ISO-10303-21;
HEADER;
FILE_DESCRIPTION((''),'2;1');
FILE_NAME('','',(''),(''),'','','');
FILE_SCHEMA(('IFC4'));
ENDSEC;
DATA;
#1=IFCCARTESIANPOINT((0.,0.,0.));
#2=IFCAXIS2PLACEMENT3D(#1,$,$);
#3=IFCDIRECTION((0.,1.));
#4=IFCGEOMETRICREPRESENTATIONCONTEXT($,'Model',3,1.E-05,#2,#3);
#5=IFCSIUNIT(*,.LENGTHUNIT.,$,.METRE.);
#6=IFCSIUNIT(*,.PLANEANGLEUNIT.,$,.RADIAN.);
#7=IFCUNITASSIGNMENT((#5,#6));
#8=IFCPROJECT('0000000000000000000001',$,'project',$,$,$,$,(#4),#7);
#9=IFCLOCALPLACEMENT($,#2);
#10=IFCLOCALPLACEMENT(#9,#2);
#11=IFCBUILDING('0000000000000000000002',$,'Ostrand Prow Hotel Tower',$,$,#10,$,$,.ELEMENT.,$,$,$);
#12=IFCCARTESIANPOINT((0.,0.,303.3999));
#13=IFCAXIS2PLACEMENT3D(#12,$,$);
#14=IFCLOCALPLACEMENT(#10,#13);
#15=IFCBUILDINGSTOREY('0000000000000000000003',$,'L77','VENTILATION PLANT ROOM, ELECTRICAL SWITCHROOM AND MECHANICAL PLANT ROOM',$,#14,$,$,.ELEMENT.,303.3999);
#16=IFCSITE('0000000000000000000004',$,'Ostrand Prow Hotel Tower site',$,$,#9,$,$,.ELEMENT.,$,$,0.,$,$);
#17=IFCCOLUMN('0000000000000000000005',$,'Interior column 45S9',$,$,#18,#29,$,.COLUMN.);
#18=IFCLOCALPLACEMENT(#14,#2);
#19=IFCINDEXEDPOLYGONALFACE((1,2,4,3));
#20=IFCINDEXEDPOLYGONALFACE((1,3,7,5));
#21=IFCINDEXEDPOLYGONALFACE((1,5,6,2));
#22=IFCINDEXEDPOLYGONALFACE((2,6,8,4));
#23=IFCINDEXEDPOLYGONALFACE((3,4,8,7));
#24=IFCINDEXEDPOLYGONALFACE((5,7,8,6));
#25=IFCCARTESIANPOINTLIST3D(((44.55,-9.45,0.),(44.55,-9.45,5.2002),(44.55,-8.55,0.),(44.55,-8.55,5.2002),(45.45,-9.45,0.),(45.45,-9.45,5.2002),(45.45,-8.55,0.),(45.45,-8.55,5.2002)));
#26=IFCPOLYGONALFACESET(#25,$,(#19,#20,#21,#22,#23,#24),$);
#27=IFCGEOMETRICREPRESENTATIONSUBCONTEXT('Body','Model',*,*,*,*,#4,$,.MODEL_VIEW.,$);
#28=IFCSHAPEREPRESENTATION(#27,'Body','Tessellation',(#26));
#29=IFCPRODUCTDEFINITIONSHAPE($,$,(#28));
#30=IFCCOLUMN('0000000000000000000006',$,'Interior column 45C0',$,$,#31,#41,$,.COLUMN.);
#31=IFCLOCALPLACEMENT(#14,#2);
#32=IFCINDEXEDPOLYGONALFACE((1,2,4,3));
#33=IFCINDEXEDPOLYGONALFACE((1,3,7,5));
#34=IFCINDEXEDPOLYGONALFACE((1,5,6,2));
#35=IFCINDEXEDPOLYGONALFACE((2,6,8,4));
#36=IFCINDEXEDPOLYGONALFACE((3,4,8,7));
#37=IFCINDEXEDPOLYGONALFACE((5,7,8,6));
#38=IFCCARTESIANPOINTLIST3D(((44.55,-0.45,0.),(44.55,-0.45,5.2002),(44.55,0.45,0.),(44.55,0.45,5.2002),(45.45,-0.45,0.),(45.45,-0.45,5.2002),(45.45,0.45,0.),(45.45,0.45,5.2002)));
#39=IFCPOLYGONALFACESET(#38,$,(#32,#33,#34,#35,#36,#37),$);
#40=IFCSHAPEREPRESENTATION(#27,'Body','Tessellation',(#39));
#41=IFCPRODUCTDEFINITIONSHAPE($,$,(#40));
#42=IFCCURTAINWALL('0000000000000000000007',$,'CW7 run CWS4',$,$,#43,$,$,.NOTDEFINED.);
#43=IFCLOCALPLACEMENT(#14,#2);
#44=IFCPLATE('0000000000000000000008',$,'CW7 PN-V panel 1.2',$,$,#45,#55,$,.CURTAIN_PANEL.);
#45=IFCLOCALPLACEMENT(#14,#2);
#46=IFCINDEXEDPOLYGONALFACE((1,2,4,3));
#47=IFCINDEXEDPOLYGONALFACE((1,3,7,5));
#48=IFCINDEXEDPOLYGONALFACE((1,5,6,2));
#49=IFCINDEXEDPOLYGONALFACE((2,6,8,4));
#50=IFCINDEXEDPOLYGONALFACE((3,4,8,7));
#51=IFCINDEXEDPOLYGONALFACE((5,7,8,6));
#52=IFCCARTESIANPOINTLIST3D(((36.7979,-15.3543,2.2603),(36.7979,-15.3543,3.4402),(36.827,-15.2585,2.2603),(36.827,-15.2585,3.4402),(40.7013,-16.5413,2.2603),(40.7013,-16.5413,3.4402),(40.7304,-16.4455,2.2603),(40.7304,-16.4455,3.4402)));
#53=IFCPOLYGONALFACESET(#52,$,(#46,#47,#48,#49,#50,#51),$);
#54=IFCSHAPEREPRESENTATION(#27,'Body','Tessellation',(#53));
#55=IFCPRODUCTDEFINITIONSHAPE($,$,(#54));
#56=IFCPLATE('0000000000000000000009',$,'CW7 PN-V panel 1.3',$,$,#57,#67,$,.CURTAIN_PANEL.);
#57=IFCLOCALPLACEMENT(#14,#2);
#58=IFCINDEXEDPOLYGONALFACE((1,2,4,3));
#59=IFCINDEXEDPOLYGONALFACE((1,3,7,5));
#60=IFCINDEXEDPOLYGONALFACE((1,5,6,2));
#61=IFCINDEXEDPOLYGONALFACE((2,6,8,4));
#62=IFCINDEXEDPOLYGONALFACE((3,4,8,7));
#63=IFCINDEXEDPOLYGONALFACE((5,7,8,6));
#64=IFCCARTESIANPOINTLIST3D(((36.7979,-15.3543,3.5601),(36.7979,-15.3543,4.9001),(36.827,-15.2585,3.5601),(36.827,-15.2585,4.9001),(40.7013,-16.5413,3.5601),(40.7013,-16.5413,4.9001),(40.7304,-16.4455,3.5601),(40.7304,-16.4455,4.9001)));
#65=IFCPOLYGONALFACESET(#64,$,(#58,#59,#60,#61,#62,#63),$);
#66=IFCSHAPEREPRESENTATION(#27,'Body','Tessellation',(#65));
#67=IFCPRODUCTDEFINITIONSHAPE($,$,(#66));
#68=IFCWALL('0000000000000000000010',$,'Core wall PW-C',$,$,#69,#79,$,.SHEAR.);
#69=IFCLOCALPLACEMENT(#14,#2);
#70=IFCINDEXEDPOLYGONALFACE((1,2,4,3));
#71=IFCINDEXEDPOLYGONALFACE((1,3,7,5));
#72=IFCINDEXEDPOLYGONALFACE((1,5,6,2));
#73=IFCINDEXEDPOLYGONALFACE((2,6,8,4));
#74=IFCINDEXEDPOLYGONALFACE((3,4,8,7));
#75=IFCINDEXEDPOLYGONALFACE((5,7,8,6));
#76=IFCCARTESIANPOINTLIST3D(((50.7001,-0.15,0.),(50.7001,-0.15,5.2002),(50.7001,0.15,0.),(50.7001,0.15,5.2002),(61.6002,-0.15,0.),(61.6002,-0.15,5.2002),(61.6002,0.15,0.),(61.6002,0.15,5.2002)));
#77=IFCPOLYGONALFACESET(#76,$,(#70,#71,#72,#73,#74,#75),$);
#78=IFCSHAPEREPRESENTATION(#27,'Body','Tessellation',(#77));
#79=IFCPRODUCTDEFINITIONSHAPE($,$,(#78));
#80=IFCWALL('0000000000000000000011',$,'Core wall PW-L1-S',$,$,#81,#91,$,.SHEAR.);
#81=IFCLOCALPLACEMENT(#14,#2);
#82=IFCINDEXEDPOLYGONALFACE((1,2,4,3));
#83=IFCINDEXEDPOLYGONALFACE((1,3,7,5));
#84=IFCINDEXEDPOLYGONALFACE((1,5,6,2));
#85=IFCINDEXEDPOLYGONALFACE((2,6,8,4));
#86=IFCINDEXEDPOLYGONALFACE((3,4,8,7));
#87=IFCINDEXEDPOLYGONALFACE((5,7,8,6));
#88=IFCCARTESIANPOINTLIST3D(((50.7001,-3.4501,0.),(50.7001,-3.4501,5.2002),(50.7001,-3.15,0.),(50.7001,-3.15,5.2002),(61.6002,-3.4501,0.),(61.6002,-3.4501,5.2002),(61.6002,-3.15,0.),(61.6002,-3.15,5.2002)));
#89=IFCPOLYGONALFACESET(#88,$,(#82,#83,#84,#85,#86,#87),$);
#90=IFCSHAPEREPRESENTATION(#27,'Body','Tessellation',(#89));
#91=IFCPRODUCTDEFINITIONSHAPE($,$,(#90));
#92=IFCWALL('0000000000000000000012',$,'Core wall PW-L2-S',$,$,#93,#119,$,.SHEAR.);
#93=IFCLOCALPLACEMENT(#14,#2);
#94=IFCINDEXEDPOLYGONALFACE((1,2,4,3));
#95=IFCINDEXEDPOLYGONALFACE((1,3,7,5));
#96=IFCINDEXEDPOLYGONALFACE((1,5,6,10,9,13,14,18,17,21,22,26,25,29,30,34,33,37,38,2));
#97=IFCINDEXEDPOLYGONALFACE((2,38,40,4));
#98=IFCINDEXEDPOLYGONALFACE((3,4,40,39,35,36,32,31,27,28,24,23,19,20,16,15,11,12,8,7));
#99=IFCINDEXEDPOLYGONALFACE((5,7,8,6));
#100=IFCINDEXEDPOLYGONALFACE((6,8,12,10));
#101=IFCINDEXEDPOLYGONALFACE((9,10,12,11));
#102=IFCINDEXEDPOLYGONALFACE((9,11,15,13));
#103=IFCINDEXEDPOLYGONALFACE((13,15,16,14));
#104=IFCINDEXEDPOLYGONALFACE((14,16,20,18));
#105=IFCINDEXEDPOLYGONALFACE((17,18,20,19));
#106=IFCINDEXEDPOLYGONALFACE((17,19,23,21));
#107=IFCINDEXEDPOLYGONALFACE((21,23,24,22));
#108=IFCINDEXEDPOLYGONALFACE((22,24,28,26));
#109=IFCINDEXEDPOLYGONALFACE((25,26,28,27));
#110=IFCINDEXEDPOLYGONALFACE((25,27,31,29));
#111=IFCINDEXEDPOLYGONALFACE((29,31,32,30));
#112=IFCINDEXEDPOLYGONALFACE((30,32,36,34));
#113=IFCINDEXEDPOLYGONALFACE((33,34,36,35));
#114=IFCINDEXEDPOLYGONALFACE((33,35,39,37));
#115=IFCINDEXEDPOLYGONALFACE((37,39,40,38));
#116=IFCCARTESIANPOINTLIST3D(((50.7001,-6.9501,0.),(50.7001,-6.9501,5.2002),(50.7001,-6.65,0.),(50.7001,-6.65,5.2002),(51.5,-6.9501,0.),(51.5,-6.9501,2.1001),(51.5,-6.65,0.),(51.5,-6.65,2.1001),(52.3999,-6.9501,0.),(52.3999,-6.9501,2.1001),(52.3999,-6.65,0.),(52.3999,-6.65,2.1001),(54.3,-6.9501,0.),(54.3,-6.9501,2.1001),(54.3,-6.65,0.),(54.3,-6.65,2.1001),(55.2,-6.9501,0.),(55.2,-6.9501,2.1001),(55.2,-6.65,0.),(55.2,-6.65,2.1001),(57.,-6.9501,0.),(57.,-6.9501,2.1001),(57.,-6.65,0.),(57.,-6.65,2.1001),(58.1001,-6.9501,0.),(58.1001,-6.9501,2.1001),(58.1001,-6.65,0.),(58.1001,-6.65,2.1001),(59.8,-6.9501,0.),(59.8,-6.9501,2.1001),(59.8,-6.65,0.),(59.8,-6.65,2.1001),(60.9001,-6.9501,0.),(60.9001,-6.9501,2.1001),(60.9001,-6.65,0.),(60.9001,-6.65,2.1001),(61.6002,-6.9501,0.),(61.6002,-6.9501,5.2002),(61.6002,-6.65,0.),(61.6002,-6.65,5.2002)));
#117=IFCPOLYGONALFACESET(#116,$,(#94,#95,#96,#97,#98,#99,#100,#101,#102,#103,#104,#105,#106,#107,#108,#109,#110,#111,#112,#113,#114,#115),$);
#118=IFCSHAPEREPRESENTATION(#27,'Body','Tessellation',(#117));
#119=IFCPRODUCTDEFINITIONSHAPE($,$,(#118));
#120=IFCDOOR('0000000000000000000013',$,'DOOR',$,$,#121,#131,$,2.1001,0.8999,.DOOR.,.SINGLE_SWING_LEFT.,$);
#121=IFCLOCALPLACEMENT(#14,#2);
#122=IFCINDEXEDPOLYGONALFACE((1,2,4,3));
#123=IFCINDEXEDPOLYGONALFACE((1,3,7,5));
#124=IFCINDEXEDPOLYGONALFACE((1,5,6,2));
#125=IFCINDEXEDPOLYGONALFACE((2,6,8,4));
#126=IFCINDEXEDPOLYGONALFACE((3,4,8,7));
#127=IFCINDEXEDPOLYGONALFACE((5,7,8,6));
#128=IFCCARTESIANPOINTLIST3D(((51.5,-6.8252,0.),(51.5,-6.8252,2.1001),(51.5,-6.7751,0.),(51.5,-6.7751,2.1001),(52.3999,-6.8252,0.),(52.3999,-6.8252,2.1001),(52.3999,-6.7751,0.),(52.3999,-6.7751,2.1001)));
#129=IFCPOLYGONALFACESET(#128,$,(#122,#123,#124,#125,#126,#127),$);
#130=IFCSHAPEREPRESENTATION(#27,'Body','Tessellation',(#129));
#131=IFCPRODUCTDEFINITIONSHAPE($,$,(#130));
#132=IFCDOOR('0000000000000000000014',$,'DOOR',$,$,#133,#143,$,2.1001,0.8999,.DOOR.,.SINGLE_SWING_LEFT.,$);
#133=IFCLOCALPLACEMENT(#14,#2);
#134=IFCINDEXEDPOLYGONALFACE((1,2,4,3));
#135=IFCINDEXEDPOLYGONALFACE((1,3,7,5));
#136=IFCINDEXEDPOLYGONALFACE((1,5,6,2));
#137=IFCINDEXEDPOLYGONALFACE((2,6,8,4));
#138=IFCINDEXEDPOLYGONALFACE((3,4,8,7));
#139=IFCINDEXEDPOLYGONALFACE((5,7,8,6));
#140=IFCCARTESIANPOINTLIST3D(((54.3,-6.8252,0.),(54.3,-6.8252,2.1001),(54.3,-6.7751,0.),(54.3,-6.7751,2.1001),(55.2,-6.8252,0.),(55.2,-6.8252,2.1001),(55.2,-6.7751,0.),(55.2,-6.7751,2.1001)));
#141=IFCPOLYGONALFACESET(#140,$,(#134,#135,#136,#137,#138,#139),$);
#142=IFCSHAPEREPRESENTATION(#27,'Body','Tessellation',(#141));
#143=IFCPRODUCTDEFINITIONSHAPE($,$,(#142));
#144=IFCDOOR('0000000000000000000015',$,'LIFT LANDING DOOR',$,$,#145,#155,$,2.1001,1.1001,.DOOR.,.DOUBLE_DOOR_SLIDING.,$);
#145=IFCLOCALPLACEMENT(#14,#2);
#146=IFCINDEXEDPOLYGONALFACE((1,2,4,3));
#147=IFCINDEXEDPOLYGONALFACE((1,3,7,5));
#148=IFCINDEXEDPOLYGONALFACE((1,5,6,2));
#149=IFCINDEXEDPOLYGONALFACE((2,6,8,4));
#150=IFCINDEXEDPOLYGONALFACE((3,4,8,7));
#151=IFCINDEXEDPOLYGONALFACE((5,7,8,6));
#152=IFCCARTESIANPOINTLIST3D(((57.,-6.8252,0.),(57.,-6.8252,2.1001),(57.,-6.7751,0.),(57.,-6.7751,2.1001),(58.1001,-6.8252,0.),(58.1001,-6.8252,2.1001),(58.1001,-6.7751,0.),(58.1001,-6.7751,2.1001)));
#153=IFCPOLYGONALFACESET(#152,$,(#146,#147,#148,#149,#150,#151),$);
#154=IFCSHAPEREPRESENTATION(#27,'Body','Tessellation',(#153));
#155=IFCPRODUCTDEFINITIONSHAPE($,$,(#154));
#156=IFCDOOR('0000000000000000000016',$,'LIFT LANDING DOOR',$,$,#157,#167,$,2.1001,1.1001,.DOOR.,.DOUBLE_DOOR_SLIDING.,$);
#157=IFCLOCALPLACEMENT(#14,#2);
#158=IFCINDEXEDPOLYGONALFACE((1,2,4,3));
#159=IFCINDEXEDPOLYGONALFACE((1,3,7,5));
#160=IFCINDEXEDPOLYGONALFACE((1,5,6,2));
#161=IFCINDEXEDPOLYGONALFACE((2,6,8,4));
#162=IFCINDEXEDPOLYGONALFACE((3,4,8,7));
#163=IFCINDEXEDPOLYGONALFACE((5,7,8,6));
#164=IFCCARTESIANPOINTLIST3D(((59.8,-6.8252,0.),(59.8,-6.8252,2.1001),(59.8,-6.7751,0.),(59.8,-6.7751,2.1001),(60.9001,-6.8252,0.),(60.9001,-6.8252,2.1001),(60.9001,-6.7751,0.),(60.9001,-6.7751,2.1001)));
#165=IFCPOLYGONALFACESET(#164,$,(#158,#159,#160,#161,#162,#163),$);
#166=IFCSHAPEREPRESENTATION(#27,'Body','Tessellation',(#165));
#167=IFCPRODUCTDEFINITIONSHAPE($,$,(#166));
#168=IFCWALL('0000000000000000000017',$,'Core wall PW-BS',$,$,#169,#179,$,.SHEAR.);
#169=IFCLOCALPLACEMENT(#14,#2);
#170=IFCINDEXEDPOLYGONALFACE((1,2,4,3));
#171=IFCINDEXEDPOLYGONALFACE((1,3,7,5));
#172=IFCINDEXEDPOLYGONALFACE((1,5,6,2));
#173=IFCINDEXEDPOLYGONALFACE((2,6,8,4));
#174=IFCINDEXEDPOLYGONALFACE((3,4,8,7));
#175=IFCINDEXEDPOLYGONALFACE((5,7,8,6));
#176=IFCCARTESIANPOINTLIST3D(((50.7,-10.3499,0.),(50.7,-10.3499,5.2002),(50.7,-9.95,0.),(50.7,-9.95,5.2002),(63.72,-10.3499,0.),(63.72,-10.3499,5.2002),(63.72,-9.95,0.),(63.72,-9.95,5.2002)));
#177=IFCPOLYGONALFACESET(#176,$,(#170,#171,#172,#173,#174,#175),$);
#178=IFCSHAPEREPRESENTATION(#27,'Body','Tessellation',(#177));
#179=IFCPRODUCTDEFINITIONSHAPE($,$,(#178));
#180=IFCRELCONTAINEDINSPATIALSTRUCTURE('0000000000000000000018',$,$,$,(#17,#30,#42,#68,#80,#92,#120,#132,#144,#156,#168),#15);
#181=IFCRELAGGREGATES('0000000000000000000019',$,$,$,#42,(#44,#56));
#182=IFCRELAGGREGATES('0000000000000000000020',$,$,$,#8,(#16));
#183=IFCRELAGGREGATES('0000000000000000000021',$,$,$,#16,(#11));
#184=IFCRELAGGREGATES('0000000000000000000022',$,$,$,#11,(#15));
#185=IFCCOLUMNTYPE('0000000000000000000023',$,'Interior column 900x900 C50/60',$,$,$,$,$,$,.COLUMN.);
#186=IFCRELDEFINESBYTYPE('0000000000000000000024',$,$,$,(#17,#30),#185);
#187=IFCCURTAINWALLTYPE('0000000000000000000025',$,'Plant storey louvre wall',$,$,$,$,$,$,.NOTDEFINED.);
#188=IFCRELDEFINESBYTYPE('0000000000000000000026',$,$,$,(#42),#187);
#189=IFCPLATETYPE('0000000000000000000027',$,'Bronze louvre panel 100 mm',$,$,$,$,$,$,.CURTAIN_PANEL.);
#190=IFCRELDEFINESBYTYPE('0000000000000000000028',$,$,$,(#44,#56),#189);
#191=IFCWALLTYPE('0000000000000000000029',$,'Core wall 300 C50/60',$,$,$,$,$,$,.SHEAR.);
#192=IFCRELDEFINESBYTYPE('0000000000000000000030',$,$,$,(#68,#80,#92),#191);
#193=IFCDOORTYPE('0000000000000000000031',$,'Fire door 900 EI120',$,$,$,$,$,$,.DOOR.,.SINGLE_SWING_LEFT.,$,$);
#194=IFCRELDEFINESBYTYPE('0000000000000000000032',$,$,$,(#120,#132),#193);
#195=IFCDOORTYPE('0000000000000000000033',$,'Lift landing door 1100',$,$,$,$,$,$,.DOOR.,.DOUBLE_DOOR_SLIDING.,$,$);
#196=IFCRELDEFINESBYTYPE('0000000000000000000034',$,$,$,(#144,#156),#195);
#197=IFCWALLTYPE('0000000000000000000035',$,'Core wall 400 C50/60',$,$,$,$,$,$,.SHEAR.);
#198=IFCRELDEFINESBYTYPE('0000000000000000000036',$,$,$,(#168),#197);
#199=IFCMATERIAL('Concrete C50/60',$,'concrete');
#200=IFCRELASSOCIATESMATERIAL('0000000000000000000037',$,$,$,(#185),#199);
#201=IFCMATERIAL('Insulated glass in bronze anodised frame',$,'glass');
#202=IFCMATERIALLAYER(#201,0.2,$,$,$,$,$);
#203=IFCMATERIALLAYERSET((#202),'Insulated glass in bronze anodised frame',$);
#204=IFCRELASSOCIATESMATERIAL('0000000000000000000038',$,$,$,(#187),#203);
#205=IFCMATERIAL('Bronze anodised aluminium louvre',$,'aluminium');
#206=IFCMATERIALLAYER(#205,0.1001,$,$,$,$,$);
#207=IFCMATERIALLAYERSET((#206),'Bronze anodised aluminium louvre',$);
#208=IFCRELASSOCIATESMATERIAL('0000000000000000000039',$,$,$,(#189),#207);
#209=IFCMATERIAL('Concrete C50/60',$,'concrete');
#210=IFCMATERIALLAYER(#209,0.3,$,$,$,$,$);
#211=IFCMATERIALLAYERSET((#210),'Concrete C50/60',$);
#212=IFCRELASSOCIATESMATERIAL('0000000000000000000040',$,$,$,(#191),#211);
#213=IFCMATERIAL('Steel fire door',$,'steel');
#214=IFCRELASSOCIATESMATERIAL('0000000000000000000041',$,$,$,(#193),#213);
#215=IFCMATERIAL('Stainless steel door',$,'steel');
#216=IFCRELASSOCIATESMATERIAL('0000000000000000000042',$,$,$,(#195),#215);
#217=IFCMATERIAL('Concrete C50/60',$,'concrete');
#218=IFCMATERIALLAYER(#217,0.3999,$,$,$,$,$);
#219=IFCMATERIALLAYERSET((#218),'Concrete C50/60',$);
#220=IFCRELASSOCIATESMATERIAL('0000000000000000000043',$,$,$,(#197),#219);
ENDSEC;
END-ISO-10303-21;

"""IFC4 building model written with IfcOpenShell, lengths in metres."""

from ifc_helpers import new_model, si_unit, direction, frame, frame_2d, origin, origin_2d, place, context, subcontext, project, spatial, rectangle, extrude, material, layer, layer_set, material_profile, profile_set, type_object, element, fill, aggregate, save


model = new_model("IFC4")

# Units and contexts
model_context = context("Model", 3, precision=1e-05, world=origin(), true_north=direction((0.0, 1.0)))
body_context = subcontext(model_context, "Body", "Model", "MODEL_VIEW")
ifc_project = project(units=[si_unit("LENGTHUNIT", "METRE"), si_unit("PLANEANGLEUNIT", "RADIAN")], contexts=[model_context])

# Site, building, storey
site_placement = place(None, origin())
site = spatial("IfcSite", under=ifc_project, at=site_placement, Name="Ostrand Prow Hotel Tower site", CompositionType="ELEMENT", RefElevation=0.0)
building_placement = place(site_placement, origin())
building = spatial("IfcBuilding", under=site, at=building_placement, Name="Ostrand Prow Hotel Tower", CompositionType="ELEMENT")
storey_placement = place(building_placement, frame((0.0, 0.0, 303.3999)))
storey = spatial("IfcBuildingStorey", under=building, at=storey_placement, Name="L77", Description="VENTILATION PLANT ROOM, ELECTRICAL SWITCHROOM AND MECHANICAL PLANT ROOM", CompositionType="ELEMENT", Elevation=303.3999)

# Columns
ifc_material_1 = material(Name="Concrete C50/60", Category="concrete")
ifc_material_profile = material_profile(ifc_material_1, rectangle(XDim=0.8999, YDim=0.8999, at=origin_2d()), Name="RC 900x900")
ifc_profile_set = profile_set([ifc_material_profile], Name="Concrete C50/60")
column_type = type_object("IfcColumnType", Name="Interior column 900x900 C50/60", PredefinedType="COLUMN", material=ifc_profile_set)
for number, where, z_axis, x_axis, name in (
    (1, (45.0, -9.0, 0.0), (0.0, 0.0, 1.0), (1.0, 0.0, 0.0), "Interior column 45S9"),
    (2, (45.0, 0.0, 0.0), (0.0, 0.0, 1.0), (1.0, 0.0, 0.0), "Interior column 45C0"),
):
    element("IfcColumn", number, at=place(storey_placement, frame(where, z_axis=z_axis, x_axis=x_axis)), inside=storey, type_object=column_type, Name=name, PredefinedType="COLUMN", context=body_context, shape_type="SweptSolid", body=[
        extrude(rectangle(XDim=0.8999, YDim=0.8999, at=origin_2d()), origin(), (0.0, 0.0, 1.0), 5.2002),
    ])

# Curtain wall, plates
ifc_material_2 = material(Name="Insulated glass in bronze anodised frame", Category="glass")
ifc_layer_1 = layer(ifc_material_2, 0.2)
ifc_layer_set_1 = layer_set([ifc_layer_1], Name="Insulated glass in bronze anodised frame")
curtain_wall_type = type_object("IfcCurtainWallType", Name="Plant storey louvre wall", PredefinedType="NOTDEFINED", material=ifc_layer_set_1)
curtain_wall_placement = place(storey_placement, origin())
curtain_wall = element("IfcCurtainWall", 3, at=curtain_wall_placement, inside=storey, type_object=curtain_wall_type, Name="CW7 run CWS4", PredefinedType="NOTDEFINED")
ifc_material_3 = material(Name="Bronze anodised aluminium louvre", Category="aluminium")
ifc_layer_2 = layer(ifc_material_3, 0.1001)
ifc_layer_set_2 = layer_set([ifc_layer_2], Name="Bronze anodised aluminium louvre")
plate_type = type_object("IfcPlateType", Name="Bronze louvre panel 100 mm", PredefinedType="CURTAIN_PANEL", material=ifc_layer_set_2)
plate_1_placement = place(storey_placement, frame((38.7642, -15.8999, 2.2603), z_axis=(0.0, 0.0, 1.0), x_axis=(0.956742, -0.290938, 0.0)))
plate_1 = element("IfcPlate", 4, at=plate_1_placement, type_object=plate_type, Name="CW7 PN-V panel 1.2", PredefinedType="CURTAIN_PANEL", context=body_context, shape_type="SweptSolid", body=[
    extrude(rectangle(XDim=4.0798, YDim=0.1001, at=origin_2d()), origin(), (0.0, 0.0, 1.0), 1.1799),
])
plate_2_placement = place(storey_placement, frame((38.7642, -15.8999, 3.5601), z_axis=(0.0, 0.0, 1.0), x_axis=(0.956742, -0.290938, 0.0)))
plate_2 = element("IfcPlate", 5, at=plate_2_placement, type_object=plate_type, Name="CW7 PN-V panel 1.3", PredefinedType="CURTAIN_PANEL", context=body_context, shape_type="SweptSolid", body=[
    extrude(rectangle(XDim=4.0798, YDim=0.1001, at=origin_2d()), origin(), (0.0, 0.0, 1.0), 1.3401),
])
aggregate(curtain_wall, [plate_1, plate_2])

# Walls
ifc_material_4 = material(Name="Concrete C50/60", Category="concrete")
ifc_layer_3 = layer(ifc_material_4, 0.3)
ifc_layer_set_3 = layer_set([ifc_layer_3], Name="Concrete C50/60")
wall_type_1 = type_object("IfcWallType", Name="Core wall 300 C50/60", PredefinedType="SHEAR", material=ifc_layer_set_3)
for number, where, z_axis, x_axis, name in (
    (6, (50.7, 0.0, 0.0), (0.0, 0.0, 1.0), (1.0, 0.0, 0.0), "Core wall PW-C"),
    (7, (50.7, -3.3, 0.0), (0.0, 0.0, 1.0), (1.0, 0.0, 0.0), "Core wall PW-L1-S"),
):
    element("IfcWall", number, at=place(storey_placement, frame(where, z_axis=z_axis, x_axis=x_axis)), inside=storey, type_object=wall_type_1, Name=name, PredefinedType="SHEAR", context=body_context, shape_type="SweptSolid", body=[
        extrude(rectangle(XDim=10.9001, YDim=0.3, at=frame_2d((5.4502, 0.0))), origin(), (0.0, 0.0, 1.0), 5.2002),
    ])

# Wall, openings, doors
wall_1_placement = place(storey_placement, frame((50.7, -6.8, 0.0), z_axis=(0.0, 0.0, 1.0), x_axis=(1.0, 0.0, 0.0)))
wall_1 = element("IfcWall", 8, at=wall_1_placement, inside=storey, type_object=wall_type_1, Name="Core wall PW-L2-S", PredefinedType="SHEAR", context=body_context, shape_type="SweptSolid", body=[
    extrude(rectangle(XDim=10.9001, YDim=0.3, at=frame_2d((5.4502, 0.0))), origin(), (0.0, 0.0, 1.0), 5.2002),
])
opening_1_placement = place(wall_1_placement, frame((6.3, 0.0, 0.0)))
opening_1 = element("IfcOpeningElement", 9, at=opening_1_placement, cuts=wall_1, PredefinedType="OPENING", context=body_context, shape_type="SweptSolid", body=[
    extrude(rectangle(XDim=1.1001, YDim=2.1001, at=frame_2d((0.55, 1.05))), frame((0.0, 0.1599, 0.0), z_axis=(0.0, -1.0, 0.0), x_axis=(1.0, 0.0, 0.0)), (0.0, 0.0, 1.0), 0.3201),
])
opening_2_placement = place(wall_1_placement, frame((9.1001, 0.0, 0.0)))
opening_2 = element("IfcOpeningElement", 10, at=opening_2_placement, cuts=wall_1, PredefinedType="OPENING", context=body_context, shape_type="SweptSolid", body=[
    extrude(rectangle(XDim=1.1001, YDim=2.1001, at=frame_2d((0.55, 1.05))), frame((0.0, 0.1599, 0.0), z_axis=(0.0, -1.0, 0.0), x_axis=(1.0, 0.0, 0.0)), (0.0, 0.0, 1.0), 0.3201),
])
opening_3_placement = place(wall_1_placement, frame((0.8, 0.0, 0.0)))
opening_3 = element("IfcOpeningElement", 11, at=opening_3_placement, cuts=wall_1, PredefinedType="OPENING", context=body_context, shape_type="SweptSolid", body=[
    extrude(rectangle(XDim=0.8999, YDim=2.1001, at=frame_2d((0.45, 1.05))), frame((0.0, 0.1599, 0.0), z_axis=(0.0, -1.0, 0.0), x_axis=(1.0, 0.0, 0.0)), (0.0, 0.0, 1.0), 0.3201),
])
opening_4_placement = place(wall_1_placement, frame((3.6001, 0.0, 0.0)))
opening_4 = element("IfcOpeningElement", 12, at=opening_4_placement, cuts=wall_1, PredefinedType="OPENING", context=body_context, shape_type="SweptSolid", body=[
    extrude(rectangle(XDim=0.8999, YDim=2.1001, at=frame_2d((0.45, 1.05))), frame((0.0, 0.1599, 0.0), z_axis=(0.0, -1.0, 0.0), x_axis=(1.0, 0.0, 0.0)), (0.0, 0.0, 1.0), 0.3201),
])
ifc_material_5 = material(Name="Steel fire door", Category="steel")
door_type_1 = type_object("IfcDoorType", Name="Fire door 900 EI120", OperationType="SINGLE_SWING_LEFT", PredefinedType="DOOR", material=ifc_material_5)
door_1_placement = place(opening_3_placement, origin())
door_1 = element("IfcDoor", 13, at=door_1_placement, inside=storey, type_object=door_type_1, Name="DOOR", OperationType="SINGLE_SWING_LEFT", OverallHeight=2.1001, OverallWidth=0.8999, PredefinedType="DOOR", context=body_context, shape_type="SweptSolid", body=[
    extrude(rectangle(XDim=0.8999, YDim=2.1001, at=frame_2d((0.45, 1.05))), frame((0.0, 0.0249, 0.0), z_axis=(0.0, -1.0, 0.0), x_axis=(1.0, 0.0, 0.0)), (0.0, 0.0, 1.0), 0.05),
])
fill(opening_3, door_1)
door_2_placement = place(opening_4_placement, origin())
door_2 = element("IfcDoor", 14, at=door_2_placement, inside=storey, type_object=door_type_1, Name="DOOR", OperationType="SINGLE_SWING_LEFT", OverallHeight=2.1001, OverallWidth=0.8999, PredefinedType="DOOR", context=body_context, shape_type="SweptSolid", body=[
    extrude(rectangle(XDim=0.8999, YDim=2.1001, at=frame_2d((0.45, 1.05))), frame((0.0, 0.0249, 0.0), z_axis=(0.0, -1.0, 0.0), x_axis=(1.0, 0.0, 0.0)), (0.0, 0.0, 1.0), 0.05),
])
fill(opening_4, door_2)
ifc_material_6 = material(Name="Stainless steel door", Category="steel")
door_type_2 = type_object("IfcDoorType", Name="Lift landing door 1100", OperationType="DOUBLE_DOOR_SLIDING", PredefinedType="DOOR", material=ifc_material_6)
door_3_placement = place(opening_1_placement, origin())
door_3 = element("IfcDoor", 15, at=door_3_placement, inside=storey, type_object=door_type_2, Name="LIFT LANDING DOOR", OperationType="DOUBLE_DOOR_SLIDING", OverallHeight=2.1001, OverallWidth=1.1001, PredefinedType="DOOR", context=body_context, shape_type="SweptSolid", body=[
    extrude(rectangle(XDim=1.1001, YDim=2.1001, at=frame_2d((0.55, 1.05))), frame((0.0, 0.0249, 0.0), z_axis=(0.0, -1.0, 0.0), x_axis=(1.0, 0.0, 0.0)), (0.0, 0.0, 1.0), 0.05),
])
fill(opening_1, door_3)
door_4_placement = place(opening_2_placement, origin())
door_4 = element("IfcDoor", 16, at=door_4_placement, inside=storey, type_object=door_type_2, Name="LIFT LANDING DOOR", OperationType="DOUBLE_DOOR_SLIDING", OverallHeight=2.1001, OverallWidth=1.1001, PredefinedType="DOOR", context=body_context, shape_type="SweptSolid", body=[
    extrude(rectangle(XDim=1.1001, YDim=2.1001, at=frame_2d((0.55, 1.05))), frame((0.0, 0.0249, 0.0), z_axis=(0.0, -1.0, 0.0), x_axis=(1.0, 0.0, 0.0)), (0.0, 0.0, 1.0), 0.05),
])
fill(opening_2, door_4)

# Wall
ifc_material_7 = material(Name="Concrete C50/60", Category="concrete")
ifc_layer_4 = layer(ifc_material_7, 0.3999)
ifc_layer_set_4 = layer_set([ifc_layer_4], Name="Concrete C50/60")
wall_type_2 = type_object("IfcWallType", Name="Core wall 400 C50/60", PredefinedType="SHEAR", material=ifc_layer_set_4)
wall_2_placement = place(storey_placement, frame((50.7, -10.1499, 0.0), z_axis=(0.0, 0.0, 1.0), x_axis=(1.0, 0.0, 0.0)))
element("IfcWall", 17, at=wall_2_placement, inside=storey, type_object=wall_type_2, Name="Core wall PW-BS", PredefinedType="SHEAR", context=body_context, shape_type="SweptSolid", body=[
    extrude(rectangle(XDim=13.02, YDim=0.3999, at=frame_2d((6.51, 0.0))), origin(), (0.0, 0.0, 1.0), 5.2002),
])

save(model, "model.ifc")
